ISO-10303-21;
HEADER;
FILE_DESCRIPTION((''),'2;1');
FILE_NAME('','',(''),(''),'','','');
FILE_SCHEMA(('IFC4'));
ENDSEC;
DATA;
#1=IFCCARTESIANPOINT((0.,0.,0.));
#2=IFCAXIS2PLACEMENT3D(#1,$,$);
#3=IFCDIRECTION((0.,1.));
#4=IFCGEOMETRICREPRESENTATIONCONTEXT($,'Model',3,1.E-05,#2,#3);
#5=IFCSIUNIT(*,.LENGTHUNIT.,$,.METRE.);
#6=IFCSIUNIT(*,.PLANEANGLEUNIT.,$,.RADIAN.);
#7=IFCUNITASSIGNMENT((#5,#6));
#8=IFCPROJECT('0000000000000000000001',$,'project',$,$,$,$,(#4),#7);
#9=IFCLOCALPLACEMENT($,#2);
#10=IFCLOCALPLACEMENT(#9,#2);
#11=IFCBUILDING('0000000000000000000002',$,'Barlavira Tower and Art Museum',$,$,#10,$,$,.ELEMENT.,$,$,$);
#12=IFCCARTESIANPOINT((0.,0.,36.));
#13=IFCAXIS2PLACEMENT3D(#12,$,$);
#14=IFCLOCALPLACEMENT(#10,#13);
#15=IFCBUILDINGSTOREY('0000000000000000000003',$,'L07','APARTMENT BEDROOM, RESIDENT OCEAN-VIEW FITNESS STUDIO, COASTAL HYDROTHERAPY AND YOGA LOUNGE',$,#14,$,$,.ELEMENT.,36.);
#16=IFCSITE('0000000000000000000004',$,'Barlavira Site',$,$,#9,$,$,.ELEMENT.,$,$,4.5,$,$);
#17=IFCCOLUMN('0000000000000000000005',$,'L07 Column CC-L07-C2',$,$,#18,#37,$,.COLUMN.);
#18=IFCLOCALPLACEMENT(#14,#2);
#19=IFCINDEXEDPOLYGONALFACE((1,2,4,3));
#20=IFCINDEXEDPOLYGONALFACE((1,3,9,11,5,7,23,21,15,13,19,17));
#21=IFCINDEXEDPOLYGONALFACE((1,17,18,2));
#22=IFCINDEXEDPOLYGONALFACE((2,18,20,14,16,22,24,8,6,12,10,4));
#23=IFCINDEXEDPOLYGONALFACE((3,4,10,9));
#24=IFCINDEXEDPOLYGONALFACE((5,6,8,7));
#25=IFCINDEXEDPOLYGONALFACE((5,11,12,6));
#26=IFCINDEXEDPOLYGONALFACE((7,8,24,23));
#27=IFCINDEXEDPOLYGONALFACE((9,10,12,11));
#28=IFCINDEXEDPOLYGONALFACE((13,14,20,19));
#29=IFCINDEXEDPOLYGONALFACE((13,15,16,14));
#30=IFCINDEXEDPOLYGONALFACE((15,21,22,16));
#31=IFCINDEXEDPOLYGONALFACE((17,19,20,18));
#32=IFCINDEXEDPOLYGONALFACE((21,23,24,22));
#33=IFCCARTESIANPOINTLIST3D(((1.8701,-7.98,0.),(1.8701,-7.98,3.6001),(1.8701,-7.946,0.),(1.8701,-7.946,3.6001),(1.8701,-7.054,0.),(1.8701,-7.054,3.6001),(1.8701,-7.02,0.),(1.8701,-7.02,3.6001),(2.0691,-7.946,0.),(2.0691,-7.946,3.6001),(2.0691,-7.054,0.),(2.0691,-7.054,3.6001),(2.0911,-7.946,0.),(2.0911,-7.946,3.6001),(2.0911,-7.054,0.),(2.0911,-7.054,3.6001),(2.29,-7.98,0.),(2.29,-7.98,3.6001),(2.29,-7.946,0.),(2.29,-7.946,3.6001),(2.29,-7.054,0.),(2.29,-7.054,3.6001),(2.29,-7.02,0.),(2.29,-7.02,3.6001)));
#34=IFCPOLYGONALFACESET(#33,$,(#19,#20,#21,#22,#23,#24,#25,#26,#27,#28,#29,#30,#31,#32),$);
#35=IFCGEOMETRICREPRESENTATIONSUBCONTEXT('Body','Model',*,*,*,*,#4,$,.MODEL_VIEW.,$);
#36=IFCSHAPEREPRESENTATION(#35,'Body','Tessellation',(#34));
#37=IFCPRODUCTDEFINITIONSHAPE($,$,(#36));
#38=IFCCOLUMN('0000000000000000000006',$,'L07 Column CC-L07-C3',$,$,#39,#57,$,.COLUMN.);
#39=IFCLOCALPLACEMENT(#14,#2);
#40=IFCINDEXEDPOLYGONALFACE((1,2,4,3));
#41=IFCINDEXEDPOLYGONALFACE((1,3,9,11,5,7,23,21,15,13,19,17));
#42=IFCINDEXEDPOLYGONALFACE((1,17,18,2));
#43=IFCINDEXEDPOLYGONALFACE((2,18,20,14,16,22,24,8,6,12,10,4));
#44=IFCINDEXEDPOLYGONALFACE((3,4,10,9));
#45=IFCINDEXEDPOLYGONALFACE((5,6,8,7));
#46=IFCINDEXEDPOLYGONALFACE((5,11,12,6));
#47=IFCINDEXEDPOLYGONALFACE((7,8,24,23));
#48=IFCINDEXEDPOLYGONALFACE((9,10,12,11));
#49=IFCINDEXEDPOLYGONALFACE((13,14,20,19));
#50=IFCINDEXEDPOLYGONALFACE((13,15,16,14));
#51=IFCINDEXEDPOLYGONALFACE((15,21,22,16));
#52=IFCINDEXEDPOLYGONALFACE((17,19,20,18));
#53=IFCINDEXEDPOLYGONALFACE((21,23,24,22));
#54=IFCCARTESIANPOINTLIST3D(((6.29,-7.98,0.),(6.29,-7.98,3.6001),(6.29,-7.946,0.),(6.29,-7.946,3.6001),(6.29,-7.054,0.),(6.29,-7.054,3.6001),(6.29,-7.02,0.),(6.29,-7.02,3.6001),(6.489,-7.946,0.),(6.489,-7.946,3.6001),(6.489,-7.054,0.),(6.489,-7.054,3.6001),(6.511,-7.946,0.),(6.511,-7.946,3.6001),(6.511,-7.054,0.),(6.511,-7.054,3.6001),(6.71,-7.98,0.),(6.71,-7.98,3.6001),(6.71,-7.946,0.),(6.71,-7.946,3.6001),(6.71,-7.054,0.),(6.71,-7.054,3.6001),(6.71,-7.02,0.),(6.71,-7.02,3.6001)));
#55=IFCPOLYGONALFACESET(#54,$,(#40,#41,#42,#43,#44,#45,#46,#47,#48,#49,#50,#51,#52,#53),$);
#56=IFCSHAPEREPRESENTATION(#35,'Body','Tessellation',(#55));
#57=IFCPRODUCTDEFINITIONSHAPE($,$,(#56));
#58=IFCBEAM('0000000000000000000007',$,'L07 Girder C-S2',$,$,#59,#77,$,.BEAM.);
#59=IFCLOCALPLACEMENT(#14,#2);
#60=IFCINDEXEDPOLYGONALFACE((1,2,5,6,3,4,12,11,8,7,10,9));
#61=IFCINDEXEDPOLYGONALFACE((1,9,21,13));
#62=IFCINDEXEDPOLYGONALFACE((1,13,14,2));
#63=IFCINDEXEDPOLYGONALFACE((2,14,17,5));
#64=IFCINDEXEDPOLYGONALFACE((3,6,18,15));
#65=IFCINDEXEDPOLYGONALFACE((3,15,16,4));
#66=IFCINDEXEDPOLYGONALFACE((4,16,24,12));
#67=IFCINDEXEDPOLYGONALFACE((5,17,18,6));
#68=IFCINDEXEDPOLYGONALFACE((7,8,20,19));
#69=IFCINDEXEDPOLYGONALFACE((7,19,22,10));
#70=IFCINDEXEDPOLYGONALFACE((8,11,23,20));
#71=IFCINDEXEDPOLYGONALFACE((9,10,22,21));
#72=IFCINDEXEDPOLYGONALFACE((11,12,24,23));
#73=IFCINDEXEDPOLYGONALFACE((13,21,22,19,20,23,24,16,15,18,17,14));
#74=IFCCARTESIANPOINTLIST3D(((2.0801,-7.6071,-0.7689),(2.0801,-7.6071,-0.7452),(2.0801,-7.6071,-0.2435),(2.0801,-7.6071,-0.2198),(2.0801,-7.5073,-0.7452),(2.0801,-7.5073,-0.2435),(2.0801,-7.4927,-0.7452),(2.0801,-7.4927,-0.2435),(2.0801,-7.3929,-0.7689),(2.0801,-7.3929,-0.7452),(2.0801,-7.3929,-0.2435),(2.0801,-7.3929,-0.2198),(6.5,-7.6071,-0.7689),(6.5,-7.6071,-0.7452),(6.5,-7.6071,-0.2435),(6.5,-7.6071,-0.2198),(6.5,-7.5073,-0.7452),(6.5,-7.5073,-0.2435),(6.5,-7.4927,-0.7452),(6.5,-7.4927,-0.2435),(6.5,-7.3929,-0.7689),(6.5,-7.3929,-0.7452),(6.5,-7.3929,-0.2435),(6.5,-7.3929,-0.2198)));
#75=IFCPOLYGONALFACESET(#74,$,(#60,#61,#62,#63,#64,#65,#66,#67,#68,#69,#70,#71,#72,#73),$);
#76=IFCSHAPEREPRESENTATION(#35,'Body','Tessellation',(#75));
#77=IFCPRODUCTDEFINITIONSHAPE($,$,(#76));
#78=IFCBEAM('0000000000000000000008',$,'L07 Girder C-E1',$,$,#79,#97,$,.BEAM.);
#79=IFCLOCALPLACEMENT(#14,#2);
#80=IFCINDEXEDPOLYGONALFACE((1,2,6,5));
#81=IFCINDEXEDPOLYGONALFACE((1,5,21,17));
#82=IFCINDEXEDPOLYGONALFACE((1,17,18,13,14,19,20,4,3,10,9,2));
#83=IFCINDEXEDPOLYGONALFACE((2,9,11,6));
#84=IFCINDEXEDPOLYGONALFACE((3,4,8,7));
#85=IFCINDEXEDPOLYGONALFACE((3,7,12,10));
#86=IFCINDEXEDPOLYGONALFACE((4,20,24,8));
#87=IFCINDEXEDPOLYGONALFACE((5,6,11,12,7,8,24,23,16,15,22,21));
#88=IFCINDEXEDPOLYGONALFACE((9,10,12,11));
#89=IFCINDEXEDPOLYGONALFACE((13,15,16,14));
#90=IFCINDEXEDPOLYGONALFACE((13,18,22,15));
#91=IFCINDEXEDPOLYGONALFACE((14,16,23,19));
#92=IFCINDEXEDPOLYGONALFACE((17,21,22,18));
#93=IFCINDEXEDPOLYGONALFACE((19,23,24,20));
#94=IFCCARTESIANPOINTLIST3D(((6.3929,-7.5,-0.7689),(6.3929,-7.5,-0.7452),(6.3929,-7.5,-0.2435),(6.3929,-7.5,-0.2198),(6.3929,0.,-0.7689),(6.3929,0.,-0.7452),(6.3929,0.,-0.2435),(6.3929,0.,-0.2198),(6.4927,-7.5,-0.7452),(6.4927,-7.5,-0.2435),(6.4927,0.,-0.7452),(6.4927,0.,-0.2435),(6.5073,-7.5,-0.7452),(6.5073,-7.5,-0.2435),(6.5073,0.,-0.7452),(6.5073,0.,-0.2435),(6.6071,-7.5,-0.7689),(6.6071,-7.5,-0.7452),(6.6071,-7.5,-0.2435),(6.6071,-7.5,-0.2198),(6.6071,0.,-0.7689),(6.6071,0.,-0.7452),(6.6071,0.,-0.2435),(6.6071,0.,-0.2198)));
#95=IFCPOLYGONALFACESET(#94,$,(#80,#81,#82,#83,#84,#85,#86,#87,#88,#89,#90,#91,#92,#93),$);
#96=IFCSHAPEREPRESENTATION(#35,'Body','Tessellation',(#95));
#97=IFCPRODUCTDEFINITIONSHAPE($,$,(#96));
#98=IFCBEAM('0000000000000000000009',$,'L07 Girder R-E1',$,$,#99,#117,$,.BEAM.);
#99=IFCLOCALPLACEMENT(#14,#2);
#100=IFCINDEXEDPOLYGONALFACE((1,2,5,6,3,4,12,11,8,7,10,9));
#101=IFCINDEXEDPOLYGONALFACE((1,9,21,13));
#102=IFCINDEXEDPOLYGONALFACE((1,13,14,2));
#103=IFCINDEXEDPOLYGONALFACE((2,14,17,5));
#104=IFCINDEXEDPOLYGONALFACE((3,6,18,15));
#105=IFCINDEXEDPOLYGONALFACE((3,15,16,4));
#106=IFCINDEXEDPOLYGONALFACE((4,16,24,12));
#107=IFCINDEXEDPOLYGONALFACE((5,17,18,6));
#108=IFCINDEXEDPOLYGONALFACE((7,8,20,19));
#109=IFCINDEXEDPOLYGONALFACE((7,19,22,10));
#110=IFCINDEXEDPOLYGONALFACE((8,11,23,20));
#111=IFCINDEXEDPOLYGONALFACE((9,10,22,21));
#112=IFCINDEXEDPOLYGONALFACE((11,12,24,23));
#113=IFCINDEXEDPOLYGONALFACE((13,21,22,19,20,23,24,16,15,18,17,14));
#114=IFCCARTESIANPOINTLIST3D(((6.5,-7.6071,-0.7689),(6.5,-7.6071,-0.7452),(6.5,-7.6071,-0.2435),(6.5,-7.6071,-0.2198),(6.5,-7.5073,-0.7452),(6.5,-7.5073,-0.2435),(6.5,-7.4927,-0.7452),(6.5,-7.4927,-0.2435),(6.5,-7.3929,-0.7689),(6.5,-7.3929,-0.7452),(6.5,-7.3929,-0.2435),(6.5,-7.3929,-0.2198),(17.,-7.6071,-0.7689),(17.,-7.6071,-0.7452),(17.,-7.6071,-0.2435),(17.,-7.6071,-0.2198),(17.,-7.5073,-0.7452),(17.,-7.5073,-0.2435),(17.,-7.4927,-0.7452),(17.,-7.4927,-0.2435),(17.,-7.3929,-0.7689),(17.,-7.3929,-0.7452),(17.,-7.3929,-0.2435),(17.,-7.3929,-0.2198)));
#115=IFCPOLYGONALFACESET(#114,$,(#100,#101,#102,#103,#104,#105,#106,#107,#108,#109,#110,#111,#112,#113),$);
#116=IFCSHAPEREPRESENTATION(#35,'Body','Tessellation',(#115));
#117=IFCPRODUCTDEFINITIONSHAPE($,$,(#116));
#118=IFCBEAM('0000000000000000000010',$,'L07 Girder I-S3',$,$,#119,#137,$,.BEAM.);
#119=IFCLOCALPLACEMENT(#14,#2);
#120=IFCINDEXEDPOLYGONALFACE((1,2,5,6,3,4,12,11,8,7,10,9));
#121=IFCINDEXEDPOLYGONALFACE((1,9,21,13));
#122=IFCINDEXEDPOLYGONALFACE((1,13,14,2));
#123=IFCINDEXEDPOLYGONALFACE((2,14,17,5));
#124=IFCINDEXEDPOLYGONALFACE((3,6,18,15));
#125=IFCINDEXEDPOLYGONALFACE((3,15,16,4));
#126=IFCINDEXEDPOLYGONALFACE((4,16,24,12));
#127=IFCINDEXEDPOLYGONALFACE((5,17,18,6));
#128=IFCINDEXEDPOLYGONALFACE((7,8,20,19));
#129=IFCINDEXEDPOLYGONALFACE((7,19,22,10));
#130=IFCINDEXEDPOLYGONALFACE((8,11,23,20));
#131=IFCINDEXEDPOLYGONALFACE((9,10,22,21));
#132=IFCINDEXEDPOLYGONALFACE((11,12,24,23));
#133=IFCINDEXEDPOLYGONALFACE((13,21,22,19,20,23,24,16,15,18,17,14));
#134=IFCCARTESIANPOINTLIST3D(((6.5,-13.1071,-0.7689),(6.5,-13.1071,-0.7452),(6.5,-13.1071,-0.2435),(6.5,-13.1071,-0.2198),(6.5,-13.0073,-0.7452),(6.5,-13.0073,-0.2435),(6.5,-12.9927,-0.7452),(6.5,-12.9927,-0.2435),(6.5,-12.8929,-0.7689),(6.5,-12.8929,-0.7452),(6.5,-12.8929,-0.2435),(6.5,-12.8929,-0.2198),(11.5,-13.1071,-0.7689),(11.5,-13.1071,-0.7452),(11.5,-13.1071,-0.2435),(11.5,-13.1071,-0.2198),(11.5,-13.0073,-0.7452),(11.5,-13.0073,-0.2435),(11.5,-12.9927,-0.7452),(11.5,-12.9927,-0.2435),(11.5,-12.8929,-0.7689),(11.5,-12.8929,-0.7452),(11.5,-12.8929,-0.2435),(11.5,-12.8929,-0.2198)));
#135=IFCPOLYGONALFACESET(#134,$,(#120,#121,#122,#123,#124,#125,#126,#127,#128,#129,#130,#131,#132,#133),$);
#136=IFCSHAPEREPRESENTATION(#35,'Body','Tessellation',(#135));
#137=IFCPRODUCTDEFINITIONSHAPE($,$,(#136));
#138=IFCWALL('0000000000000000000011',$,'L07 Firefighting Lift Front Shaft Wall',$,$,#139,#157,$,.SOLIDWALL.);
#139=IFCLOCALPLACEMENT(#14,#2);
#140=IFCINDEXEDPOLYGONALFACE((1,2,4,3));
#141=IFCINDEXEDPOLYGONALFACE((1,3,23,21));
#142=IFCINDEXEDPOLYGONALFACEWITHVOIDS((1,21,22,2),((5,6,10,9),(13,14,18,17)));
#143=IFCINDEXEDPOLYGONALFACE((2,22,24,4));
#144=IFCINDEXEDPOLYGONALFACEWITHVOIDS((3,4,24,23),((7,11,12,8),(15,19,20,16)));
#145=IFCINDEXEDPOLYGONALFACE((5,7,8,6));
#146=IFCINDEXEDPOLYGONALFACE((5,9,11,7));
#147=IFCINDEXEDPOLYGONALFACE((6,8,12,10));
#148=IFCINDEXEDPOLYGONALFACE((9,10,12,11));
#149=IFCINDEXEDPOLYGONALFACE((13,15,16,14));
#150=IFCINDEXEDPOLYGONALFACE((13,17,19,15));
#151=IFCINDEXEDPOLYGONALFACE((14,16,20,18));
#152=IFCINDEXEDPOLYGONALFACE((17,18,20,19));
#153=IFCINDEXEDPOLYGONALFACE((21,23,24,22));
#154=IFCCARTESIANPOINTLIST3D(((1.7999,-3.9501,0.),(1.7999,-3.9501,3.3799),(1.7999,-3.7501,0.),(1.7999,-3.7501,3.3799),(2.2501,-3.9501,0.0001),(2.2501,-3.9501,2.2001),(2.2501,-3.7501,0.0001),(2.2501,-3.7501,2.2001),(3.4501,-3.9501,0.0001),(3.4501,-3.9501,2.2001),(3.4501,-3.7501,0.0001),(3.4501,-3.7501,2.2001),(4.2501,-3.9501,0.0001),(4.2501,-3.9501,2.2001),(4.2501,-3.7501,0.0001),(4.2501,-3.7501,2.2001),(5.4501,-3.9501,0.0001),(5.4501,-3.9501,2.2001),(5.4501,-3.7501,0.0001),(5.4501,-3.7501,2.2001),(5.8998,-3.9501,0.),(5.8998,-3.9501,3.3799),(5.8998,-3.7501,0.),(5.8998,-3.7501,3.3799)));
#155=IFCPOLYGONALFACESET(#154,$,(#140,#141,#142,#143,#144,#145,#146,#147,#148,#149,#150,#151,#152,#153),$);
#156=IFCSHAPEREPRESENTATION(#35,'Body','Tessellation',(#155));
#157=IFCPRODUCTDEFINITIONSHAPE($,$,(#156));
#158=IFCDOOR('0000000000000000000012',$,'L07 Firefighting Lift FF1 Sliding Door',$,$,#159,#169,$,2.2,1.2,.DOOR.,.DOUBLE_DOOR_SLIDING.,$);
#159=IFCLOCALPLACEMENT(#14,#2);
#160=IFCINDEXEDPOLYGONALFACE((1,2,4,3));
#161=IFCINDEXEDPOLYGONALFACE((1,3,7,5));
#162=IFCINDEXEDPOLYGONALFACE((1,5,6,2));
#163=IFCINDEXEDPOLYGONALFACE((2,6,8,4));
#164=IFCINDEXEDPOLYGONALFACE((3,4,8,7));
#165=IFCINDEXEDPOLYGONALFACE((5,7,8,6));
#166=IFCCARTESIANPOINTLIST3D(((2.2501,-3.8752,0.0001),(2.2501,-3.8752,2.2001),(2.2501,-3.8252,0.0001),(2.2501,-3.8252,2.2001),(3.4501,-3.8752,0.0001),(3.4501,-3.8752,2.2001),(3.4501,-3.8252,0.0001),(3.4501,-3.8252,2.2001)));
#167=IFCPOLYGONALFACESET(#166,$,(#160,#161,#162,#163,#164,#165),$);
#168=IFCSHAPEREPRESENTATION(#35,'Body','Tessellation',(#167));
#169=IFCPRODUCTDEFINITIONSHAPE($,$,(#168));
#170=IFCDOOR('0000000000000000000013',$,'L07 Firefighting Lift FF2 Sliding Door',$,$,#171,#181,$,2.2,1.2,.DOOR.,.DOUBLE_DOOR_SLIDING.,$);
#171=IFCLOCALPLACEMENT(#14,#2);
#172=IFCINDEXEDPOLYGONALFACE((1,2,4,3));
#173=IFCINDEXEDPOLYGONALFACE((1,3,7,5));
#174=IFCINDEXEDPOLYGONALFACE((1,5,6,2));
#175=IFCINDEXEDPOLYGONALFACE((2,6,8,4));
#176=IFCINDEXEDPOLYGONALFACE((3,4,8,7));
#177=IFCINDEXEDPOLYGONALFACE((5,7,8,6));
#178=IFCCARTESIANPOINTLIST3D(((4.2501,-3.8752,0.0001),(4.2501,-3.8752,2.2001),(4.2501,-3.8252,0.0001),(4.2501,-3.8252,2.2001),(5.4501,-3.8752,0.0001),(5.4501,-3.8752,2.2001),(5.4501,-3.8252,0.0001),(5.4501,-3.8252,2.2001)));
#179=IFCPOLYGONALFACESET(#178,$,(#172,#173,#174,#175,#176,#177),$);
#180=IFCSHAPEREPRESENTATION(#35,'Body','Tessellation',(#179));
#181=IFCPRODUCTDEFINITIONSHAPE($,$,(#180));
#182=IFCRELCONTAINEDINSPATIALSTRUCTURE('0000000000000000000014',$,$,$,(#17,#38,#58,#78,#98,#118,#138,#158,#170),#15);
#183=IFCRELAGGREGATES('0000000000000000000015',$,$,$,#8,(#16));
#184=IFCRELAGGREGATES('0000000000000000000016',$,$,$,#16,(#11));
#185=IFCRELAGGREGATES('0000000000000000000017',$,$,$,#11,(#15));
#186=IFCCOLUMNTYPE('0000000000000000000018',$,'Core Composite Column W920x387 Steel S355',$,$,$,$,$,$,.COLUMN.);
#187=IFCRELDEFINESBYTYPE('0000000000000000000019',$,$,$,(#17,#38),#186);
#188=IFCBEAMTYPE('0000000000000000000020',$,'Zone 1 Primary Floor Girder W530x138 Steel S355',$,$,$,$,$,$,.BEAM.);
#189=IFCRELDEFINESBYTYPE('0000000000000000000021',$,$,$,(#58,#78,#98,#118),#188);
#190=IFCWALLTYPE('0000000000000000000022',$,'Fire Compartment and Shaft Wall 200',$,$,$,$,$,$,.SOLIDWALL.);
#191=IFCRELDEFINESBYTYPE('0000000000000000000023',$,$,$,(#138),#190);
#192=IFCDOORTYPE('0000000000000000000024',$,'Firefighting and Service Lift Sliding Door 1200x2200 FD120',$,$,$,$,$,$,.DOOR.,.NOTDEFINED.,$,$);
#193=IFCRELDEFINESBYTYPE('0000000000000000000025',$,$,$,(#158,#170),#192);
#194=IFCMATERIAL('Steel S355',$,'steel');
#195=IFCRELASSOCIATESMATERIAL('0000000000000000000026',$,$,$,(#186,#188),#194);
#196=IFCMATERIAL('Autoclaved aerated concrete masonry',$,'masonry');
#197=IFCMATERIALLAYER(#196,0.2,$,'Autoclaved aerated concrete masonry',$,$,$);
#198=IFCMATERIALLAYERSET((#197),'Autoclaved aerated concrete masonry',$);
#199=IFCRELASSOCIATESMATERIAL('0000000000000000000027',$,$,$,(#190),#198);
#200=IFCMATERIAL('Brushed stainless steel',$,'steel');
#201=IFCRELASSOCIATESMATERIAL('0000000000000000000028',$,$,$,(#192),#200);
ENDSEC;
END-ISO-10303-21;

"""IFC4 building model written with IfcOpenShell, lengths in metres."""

from ifc_helpers import new_model, si_unit, direction, frame, frame_2d, origin, origin_2d, place, context, subcontext, project, spatial, rectangle, i_section, extrude, material, layer, layer_set, material_profile, profile_set, type_object, element, fill, save


model = new_model("IFC4")

# Units and contexts
model_context = context("Model", 3, precision=1e-05, world=origin(), true_north=direction((0.0, 1.0)))
body_context = subcontext(model_context, "Body", "Model", "MODEL_VIEW")
ifc_project = project(units=[si_unit("LENGTHUNIT", "METRE"), si_unit("PLANEANGLEUNIT", "RADIAN")], contexts=[model_context])

# Site, building, storey
site_placement = place(None, origin())
site = spatial("IfcSite", under=ifc_project, at=site_placement, Name="Barlavira Site", CompositionType="ELEMENT", RefElevation=4.5)
building_placement = place(site_placement, origin())
building = spatial("IfcBuilding", under=site, at=building_placement, Name="Barlavira Tower and Art Museum", CompositionType="ELEMENT")
storey_placement = place(building_placement, frame((0.0, 0.0, 36.0)))
storey = spatial("IfcBuildingStorey", under=building, at=storey_placement, Name="L07", Description="APARTMENT BEDROOM, RESIDENT OCEAN-VIEW FITNESS STUDIO, COASTAL HYDROTHERAPY AND YOGA LOUNGE", CompositionType="ELEMENT", Elevation=36.0)

# Columns
ifc_material_1 = material(Name="Steel S355", Category="steel")
ifc_material_profile_1 = material_profile(ifc_material_1, i_section(OverallWidth=0.4199, OverallDepth=0.96, WebThickness=0.022, FlangeThickness=0.0339, at=origin_2d()), Name="W920x387.0")
ifc_profile_set_1 = profile_set([ifc_material_profile_1], Name="Steel S355")
column_type = type_object("IfcColumnType", Name="Core Composite Column W920x387 Steel S355", PredefinedType="COLUMN", material=ifc_profile_set_1)
for number, where, z_axis, x_axis, name in (
    (1, (2.0801, -7.5, 0.0), (0.0, 0.0, 1.0), (1.0, 0.0, 0.0), "L07 Column CC-L07-C2"),
    (2, (6.5, -7.5, 0.0), (0.0, 0.0, 1.0), (1.0, 0.0, 0.0), "L07 Column CC-L07-C3"),
):
    element("IfcColumn", number, at=place(storey_placement, frame(where, z_axis=z_axis, x_axis=x_axis)), inside=storey, type_object=column_type, Name=name, PredefinedType="COLUMN", context=body_context, shape_type="SweptSolid", body=[
        extrude(i_section(OverallWidth=0.4199, OverallDepth=0.96, WebThickness=0.022, FlangeThickness=0.0339, at=origin_2d()), origin(), (0.0, 0.0, 1.0), 3.6001),
    ])

# Beams
ifc_material_profile_2 = material_profile(ifc_material_1, i_section(OverallWidth=0.2141, OverallDepth=0.5491, WebThickness=0.0146, FlangeThickness=0.0237, at=origin_2d()), Name="W530x138.0")
ifc_profile_set_2 = profile_set([ifc_material_profile_2], Name="Steel S355")
beam_type = type_object("IfcBeamType", Name="Zone 1 Primary Floor Girder W530x138 Steel S355", PredefinedType="BEAM", material=ifc_profile_set_2)
beam_1_placement = place(storey_placement, frame((2.0801, -7.5, -0.4944), z_axis=(1.0, 0.0, 0.0), x_axis=(0.0, 1.0, 0.0)))
element("IfcBeam", 3, at=beam_1_placement, inside=storey, type_object=beam_type, Name="L07 Girder C-S2", PredefinedType="BEAM", context=body_context, shape_type="SweptSolid", body=[
    extrude(i_section(OverallWidth=0.2141, OverallDepth=0.5491, WebThickness=0.0146, FlangeThickness=0.0237, at=origin_2d()), origin(), (0.0, 0.0, 1.0), 4.4199),
])
beam_2_placement = place(storey_placement, frame((6.5, -7.5, -0.4944), z_axis=(0.0, 1.0, 0.0), x_axis=(-1.0, 0.0, 0.0)))
element("IfcBeam", 4, at=beam_2_placement, inside=storey, type_object=beam_type, Name="L07 Girder C-E1", PredefinedType="BEAM", context=body_context, shape_type="SweptSolid", body=[
    extrude(i_section(OverallWidth=0.2141, OverallDepth=0.5491, WebThickness=0.0146, FlangeThickness=0.0237, at=origin_2d()), origin(), (0.0, 0.0, 1.0), 7.5),
])
beam_3_placement = place(storey_placement, frame((6.5, -7.5, -0.4944), z_axis=(1.0, 0.0, 0.0), x_axis=(0.0, 1.0, 0.0)))
element("IfcBeam", 5, at=beam_3_placement, inside=storey, type_object=beam_type, Name="L07 Girder R-E1", PredefinedType="BEAM", context=body_context, shape_type="SweptSolid", body=[
    extrude(i_section(OverallWidth=0.2141, OverallDepth=0.5491, WebThickness=0.0146, FlangeThickness=0.0237, at=origin_2d()), origin(), (0.0, 0.0, 1.0), 10.5),
])
beam_4_placement = place(storey_placement, frame((6.5, -13.0, -0.4944), z_axis=(1.0, 0.0, 0.0), x_axis=(0.0, 1.0, 0.0)))
element("IfcBeam", 6, at=beam_4_placement, inside=storey, type_object=beam_type, Name="L07 Girder I-S3", PredefinedType="BEAM", context=body_context, shape_type="SweptSolid", body=[
    extrude(i_section(OverallWidth=0.2141, OverallDepth=0.5491, WebThickness=0.0146, FlangeThickness=0.0237, at=origin_2d()), origin(), (0.0, 0.0, 1.0), 5.0),
])

# Shared definitions
ifc_material_2 = material(Name="Brushed stainless steel", Category="steel")

# Wall, openings, doors
ifc_material_3 = material(Name="Autoclaved aerated concrete masonry", Category="masonry")
ifc_layer_1 = layer(ifc_material_3, 0.2, Name="Autoclaved aerated concrete masonry")
ifc_layer_set_1 = layer_set([ifc_layer_1], Name="Autoclaved aerated concrete masonry")
wall_type_1 = type_object("IfcWallType", Name="Fire Compartment and Shaft Wall 200", PredefinedType="SOLIDWALL", material=ifc_layer_set_1)
wall_1_placement = place(storey_placement, frame((1.8, -3.8501, 0.0), z_axis=(0.0, 0.0, 1.0), x_axis=(1.0, 0.0, 0.0)))
wall_1 = element("IfcWall", 7, at=wall_1_placement, inside=storey, type_object=wall_type_1, Name="L07 Firefighting Lift Front Shaft Wall", PredefinedType="SOLIDWALL", context=body_context, shape_type="SweptSolid", body=[
    extrude(rectangle(XDim=4.0999, YDim=0.2, at=frame_2d((2.0498, 0.0))), origin(), (0.0, 0.0, 1.0), 3.3799),
])
opening_1_placement = place(wall_1_placement, frame((0.45, 0.0, 0.0)))
opening_1 = element("IfcOpeningElement", 8, at=opening_1_placement, cuts=wall_1, PredefinedType="OPENING", context=body_context, shape_type="SweptSolid", body=[
    extrude(rectangle(XDim=1.2, YDim=2.2, at=frame_2d((0.6001, 1.1001))), frame((0.0, 0.1099, 0.0), z_axis=(0.0, -1.0, 0.0), x_axis=(1.0, 0.0, 0.0)), (0.0, 0.0, 1.0), 0.22),
])
opening_2_placement = place(wall_1_placement, frame((2.45, 0.0, 0.0)))
opening_2 = element("IfcOpeningElement", 9, at=opening_2_placement, cuts=wall_1, PredefinedType="OPENING", context=body_context, shape_type="SweptSolid", body=[
    extrude(rectangle(XDim=1.2, YDim=2.2, at=frame_2d((0.6001, 1.1001))), frame((0.0, 0.1099, 0.0), z_axis=(0.0, -1.0, 0.0), x_axis=(1.0, 0.0, 0.0)), (0.0, 0.0, 1.0), 0.22),
])
door_type_1 = type_object("IfcDoorType", Name="Firefighting and Service Lift Sliding Door 1200x2200 FD120", OperationType="NOTDEFINED", PredefinedType="DOOR", material=ifc_material_2)
door_1_placement = place(opening_1_placement, origin())
door_1 = element("IfcDoor", 10, at=door_1_placement, inside=storey, type_object=door_type_1, Name="L07 Firefighting Lift FF1 Sliding Door", OperationType="DOUBLE_DOOR_SLIDING", OverallHeight=2.2, OverallWidth=1.2, PredefinedType="DOOR", context=body_context, shape_type="SweptSolid", body=[
    extrude(rectangle(XDim=1.2, YDim=2.2, at=frame_2d((0.6001, 1.1001))), frame((0.0, 0.0249, 0.0), z_axis=(0.0, -1.0, 0.0), x_axis=(1.0, 0.0, 0.0)), (0.0, 0.0, 1.0), 0.05),
])
fill(opening_1, door_1)
door_2_placement = place(opening_2_placement, origin())
door_2 = element("IfcDoor", 11, at=door_2_placement, inside=storey, type_object=door_type_1, Name="L07 Firefighting Lift FF2 Sliding Door", OperationType="DOUBLE_DOOR_SLIDING", OverallHeight=2.2, OverallWidth=1.2, PredefinedType="DOOR", context=body_context, shape_type="SweptSolid", body=[
    extrude(rectangle(XDim=1.2, YDim=2.2, at=frame_2d((0.6001, 1.1001))), frame((0.0, 0.0249, 0.0), z_axis=(0.0, -1.0, 0.0), x_axis=(1.0, 0.0, 0.0)), (0.0, 0.0, 1.0), 0.05),
])
fill(opening_2, door_2)

save(model, "model.ifc")
